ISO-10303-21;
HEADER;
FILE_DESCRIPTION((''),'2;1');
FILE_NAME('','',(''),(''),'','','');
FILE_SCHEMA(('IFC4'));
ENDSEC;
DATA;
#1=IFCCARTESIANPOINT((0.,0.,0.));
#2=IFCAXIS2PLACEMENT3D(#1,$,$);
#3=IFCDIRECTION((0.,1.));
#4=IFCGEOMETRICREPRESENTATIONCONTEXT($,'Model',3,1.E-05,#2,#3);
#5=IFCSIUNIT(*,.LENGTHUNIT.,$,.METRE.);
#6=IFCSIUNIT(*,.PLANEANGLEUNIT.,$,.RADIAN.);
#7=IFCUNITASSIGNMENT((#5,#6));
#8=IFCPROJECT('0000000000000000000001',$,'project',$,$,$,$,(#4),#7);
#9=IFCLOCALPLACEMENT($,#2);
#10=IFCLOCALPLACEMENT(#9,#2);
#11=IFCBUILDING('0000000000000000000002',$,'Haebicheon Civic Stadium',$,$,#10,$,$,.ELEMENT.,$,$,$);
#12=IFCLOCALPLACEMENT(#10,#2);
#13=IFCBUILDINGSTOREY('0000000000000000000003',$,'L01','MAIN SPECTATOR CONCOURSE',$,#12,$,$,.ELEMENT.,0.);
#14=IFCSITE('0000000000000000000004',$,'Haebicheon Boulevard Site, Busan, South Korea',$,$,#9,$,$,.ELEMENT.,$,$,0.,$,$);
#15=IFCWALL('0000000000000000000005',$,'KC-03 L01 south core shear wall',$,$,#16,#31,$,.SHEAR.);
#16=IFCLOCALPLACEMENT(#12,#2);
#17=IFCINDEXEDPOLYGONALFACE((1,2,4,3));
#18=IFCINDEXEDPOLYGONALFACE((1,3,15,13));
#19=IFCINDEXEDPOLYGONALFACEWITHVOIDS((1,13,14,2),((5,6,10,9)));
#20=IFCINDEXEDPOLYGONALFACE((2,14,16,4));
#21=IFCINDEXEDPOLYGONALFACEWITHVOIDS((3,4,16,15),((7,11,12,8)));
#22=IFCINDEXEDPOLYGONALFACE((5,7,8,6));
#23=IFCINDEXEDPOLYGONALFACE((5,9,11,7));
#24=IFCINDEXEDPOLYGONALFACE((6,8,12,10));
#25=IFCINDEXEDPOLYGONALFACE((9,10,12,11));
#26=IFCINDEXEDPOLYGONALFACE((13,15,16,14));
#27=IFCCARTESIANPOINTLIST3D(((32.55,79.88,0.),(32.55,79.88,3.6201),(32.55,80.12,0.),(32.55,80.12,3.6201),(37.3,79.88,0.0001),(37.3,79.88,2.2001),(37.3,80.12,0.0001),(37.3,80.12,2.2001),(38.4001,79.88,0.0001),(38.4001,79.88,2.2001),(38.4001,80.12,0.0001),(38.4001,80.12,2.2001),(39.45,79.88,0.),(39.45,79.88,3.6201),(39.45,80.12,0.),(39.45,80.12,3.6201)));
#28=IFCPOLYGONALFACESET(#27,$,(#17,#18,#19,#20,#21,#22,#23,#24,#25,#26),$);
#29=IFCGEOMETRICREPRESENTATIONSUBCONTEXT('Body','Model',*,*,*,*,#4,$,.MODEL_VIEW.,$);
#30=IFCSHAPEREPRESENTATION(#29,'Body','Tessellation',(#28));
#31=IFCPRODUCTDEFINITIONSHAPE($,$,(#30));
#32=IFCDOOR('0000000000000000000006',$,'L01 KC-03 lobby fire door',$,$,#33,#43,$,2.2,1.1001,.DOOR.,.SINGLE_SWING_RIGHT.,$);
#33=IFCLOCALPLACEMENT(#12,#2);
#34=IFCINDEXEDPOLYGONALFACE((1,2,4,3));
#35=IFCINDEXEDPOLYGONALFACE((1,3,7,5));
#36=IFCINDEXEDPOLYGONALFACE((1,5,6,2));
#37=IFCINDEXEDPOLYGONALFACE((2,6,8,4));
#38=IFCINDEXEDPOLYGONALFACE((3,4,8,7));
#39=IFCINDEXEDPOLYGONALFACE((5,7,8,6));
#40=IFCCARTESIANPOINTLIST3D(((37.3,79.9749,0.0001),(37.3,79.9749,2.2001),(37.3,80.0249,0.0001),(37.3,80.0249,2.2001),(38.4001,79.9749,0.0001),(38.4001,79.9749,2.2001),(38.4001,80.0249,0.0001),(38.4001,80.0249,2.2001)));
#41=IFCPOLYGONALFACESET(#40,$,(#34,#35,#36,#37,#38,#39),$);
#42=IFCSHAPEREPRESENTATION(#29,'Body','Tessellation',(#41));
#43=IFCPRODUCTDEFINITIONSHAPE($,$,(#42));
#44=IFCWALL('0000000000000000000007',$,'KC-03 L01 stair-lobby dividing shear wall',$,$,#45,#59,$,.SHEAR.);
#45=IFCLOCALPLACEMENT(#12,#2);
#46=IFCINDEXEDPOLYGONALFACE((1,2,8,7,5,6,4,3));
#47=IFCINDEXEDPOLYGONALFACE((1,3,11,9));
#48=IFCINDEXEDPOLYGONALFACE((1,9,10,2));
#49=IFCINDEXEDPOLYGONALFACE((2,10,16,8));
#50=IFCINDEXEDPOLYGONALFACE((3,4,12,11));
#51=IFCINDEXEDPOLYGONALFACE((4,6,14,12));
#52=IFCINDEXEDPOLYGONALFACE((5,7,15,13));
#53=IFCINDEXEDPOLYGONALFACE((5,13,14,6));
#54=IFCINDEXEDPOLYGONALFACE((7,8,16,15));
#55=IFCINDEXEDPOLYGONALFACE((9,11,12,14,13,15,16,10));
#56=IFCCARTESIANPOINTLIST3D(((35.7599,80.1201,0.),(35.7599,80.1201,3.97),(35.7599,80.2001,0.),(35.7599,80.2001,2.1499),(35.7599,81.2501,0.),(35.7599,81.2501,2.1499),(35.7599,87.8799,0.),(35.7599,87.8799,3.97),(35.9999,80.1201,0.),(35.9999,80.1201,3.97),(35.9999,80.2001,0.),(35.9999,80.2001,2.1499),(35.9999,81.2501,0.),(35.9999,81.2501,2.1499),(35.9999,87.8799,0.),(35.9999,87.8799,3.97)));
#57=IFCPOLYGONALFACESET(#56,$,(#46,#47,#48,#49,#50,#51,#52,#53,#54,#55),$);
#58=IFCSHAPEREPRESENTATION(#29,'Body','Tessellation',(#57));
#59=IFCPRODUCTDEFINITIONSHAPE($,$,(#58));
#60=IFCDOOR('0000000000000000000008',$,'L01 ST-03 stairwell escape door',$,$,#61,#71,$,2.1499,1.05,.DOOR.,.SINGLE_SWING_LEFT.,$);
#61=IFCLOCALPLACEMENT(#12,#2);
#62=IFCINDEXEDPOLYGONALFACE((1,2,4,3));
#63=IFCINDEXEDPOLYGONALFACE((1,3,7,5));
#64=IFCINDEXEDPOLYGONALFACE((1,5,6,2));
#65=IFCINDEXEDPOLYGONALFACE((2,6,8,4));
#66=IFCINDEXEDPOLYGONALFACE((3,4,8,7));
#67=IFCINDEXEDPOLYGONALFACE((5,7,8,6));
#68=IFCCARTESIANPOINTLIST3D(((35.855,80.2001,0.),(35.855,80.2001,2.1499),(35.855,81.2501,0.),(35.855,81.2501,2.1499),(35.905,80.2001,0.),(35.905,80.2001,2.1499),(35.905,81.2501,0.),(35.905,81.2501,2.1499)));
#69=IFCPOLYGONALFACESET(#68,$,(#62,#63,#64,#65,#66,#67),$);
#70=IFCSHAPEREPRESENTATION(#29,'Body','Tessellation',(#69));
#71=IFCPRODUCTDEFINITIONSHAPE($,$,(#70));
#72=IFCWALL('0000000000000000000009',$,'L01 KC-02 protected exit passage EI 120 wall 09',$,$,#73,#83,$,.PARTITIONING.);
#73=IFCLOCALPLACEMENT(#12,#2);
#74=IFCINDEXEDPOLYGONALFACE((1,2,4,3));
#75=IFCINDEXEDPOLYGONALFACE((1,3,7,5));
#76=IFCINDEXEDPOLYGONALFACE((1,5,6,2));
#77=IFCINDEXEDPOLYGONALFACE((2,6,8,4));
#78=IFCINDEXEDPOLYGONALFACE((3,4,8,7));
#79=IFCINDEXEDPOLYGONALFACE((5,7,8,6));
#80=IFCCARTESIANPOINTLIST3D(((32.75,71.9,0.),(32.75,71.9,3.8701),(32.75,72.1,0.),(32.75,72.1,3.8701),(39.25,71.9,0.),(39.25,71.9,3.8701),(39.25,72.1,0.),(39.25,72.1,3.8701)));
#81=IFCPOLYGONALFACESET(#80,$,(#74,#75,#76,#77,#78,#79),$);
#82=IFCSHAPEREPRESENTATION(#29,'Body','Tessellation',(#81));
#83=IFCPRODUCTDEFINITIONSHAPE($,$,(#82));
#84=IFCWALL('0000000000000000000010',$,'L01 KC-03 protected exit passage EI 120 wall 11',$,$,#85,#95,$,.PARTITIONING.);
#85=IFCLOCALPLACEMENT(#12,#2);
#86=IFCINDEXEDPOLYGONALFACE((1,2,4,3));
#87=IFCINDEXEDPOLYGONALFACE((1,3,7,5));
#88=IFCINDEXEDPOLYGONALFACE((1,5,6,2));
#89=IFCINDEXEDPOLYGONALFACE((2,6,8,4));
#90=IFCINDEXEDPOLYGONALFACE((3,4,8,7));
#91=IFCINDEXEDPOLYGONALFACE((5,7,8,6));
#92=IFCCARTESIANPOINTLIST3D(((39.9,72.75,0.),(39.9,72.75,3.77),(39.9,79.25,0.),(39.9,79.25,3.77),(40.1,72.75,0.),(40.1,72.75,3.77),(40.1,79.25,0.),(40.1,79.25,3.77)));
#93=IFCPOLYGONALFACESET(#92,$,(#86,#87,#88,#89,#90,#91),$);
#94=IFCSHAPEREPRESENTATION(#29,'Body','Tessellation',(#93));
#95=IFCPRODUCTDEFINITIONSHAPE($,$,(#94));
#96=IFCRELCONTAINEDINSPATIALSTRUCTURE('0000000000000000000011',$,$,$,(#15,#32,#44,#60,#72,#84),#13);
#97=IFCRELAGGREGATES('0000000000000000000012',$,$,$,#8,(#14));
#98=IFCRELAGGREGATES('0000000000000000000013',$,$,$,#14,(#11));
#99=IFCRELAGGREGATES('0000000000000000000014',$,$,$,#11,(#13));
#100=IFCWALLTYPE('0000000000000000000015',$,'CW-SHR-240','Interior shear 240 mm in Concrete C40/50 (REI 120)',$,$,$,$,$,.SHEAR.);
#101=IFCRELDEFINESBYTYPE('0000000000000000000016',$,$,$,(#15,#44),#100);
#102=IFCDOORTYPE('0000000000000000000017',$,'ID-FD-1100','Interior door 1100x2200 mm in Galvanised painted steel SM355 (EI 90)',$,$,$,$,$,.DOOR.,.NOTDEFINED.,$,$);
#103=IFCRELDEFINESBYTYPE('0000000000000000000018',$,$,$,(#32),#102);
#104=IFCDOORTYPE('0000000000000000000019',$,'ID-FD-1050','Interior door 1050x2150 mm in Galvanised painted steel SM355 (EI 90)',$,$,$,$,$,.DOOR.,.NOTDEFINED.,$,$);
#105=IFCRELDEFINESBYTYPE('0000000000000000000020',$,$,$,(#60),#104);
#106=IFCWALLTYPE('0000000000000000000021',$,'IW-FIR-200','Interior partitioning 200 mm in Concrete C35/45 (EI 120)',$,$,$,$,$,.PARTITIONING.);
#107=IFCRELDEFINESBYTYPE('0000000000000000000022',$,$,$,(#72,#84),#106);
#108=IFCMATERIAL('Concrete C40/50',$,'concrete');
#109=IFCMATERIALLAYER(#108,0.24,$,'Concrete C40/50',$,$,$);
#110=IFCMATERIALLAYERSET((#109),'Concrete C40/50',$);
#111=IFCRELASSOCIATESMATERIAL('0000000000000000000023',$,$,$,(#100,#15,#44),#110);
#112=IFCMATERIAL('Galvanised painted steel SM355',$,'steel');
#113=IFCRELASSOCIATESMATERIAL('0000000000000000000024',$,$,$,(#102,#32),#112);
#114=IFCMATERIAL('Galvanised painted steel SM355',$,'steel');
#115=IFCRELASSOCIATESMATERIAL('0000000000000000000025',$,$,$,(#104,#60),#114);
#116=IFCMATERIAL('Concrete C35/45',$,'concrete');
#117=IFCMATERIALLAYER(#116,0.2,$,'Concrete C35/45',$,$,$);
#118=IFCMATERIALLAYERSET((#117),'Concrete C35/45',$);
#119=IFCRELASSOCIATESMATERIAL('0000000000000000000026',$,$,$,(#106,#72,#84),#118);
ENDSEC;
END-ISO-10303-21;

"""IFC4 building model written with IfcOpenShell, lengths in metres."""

from ifc_helpers import new_model, si_unit, direction, frame, frame_2d, origin, place, context, subcontext, project, spatial, rectangle, extrude, material, layer, layer_set, type_object, element, fill, save


model = new_model("IFC4")

# Units and contexts
model_context = context("Model", 3, precision=1e-05, world=origin(), true_north=direction((0.0, 1.0)))
body_context = subcontext(model_context, "Body", "Model", "MODEL_VIEW")
ifc_project = project(units=[si_unit("LENGTHUNIT", "METRE"), si_unit("PLANEANGLEUNIT", "RADIAN")], contexts=[model_context])

# Site, building, storey
site_placement = place(None, origin())
site = spatial("IfcSite", under=ifc_project, at=site_placement, Name="Haebicheon Boulevard Site, Busan, South Korea", CompositionType="ELEMENT", RefElevation=0.0)
building_placement = place(site_placement, origin())
building = spatial("IfcBuilding", under=site, at=building_placement, Name="Haebicheon Civic Stadium", CompositionType="ELEMENT")
storey_placement = place(building_placement, origin())
storey = spatial("IfcBuildingStorey", under=building, at=storey_placement, Name="L01", Description="MAIN SPECTATOR CONCOURSE", CompositionType="ELEMENT", Elevation=0.0)

# Walls, openings, doors
ifc_material_1 = material(Name="Concrete C40/50", Category="concrete")
ifc_layer_1 = layer(ifc_material_1, 0.24, Name="Concrete C40/50")
ifc_layer_set_1 = layer_set([ifc_layer_1], Name="Concrete C40/50")
wall_type_1 = type_object("IfcWallType", Name="CW-SHR-240", Description="Interior shear 240 mm in Concrete C40/50 (REI 120)", PredefinedType="SHEAR", material=ifc_layer_set_1)
wall_1_placement = place(storey_placement, frame((32.55, 80.0, 0.0), z_axis=(0.0, 0.0, 1.0), x_axis=(1.0, 0.0, 0.0)))
wall_1 = element("IfcWall", 1, at=wall_1_placement, inside=storey, type_object=wall_type_1, material=ifc_layer_set_1, Name="KC-03 L01 south core shear wall", PredefinedType="SHEAR", context=body_context, shape_type="SweptSolid", body=[
    extrude(rectangle(XDim=6.8999, YDim=0.24, at=frame_2d((3.45, 0.0))), origin(), (0.0, 0.0, 1.0), 3.6201),
])
opening_1_placement = place(wall_1_placement, frame((4.75, 0.0, 0.0)))
opening_1 = element("IfcOpeningElement", 2, at=opening_1_placement, cuts=wall_1, PredefinedType="OPENING", context=body_context, shape_type="SweptSolid", body=[
    extrude(rectangle(XDim=1.1001, YDim=2.2, at=frame_2d((0.55, 1.1001))), frame((0.0, 0.1299, 0.0), z_axis=(0.0, -1.0, 0.0), x_axis=(1.0, 0.0, 0.0)), (0.0, 0.0, 1.0), 0.26),
])
ifc_material_2 = material(Name="Galvanised painted steel SM355", Category="steel")
door_type_1 = type_object("IfcDoorType", Name="ID-FD-1100", Description="Interior door 1100x2200 mm in Galvanised painted steel SM355 (EI 90)", OperationType="NOTDEFINED", PredefinedType="DOOR", material=ifc_material_2)
door_1_placement = place(opening_1_placement, origin())
door_1 = element("IfcDoor", 3, at=door_1_placement, inside=storey, type_object=door_type_1, material=ifc_material_2, Name="L01 KC-03 lobby fire door", OperationType="SINGLE_SWING_RIGHT", OverallHeight=2.2, OverallWidth=1.1001, PredefinedType="DOOR", context=body_context, shape_type="SweptSolid", body=[
    extrude(rectangle(XDim=1.1001, YDim=2.2, at=frame_2d((0.55, 1.1001))), frame((0.0, 0.0249, 0.0), z_axis=(0.0, -1.0, 0.0), x_axis=(1.0, 0.0, 0.0)), (0.0, 0.0, 1.0), 0.05),
])
fill(opening_1, door_1)
wall_2_placement = place(storey_placement, frame((35.8799, 80.1201, 0.0), z_axis=(0.0, 0.0, 1.0), x_axis=(0.0, 1.0, 0.0)))
wall_2 = element("IfcWall", 4, at=wall_2_placement, inside=storey, type_object=wall_type_1, material=ifc_layer_set_1, Name="KC-03 L01 stair-lobby dividing shear wall", PredefinedType="SHEAR", context=body_context, shape_type="SweptSolid", body=[
    extrude(rectangle(XDim=7.7598, YDim=0.24, at=frame_2d((3.8799, 0.0))), origin(), (0.0, 0.0, 1.0), 3.97),
])
opening_2_placement = place(wall_2_placement, frame((0.0801, 0.0, 0.0)))
opening_2 = element("IfcOpeningElement", 5, at=opening_2_placement, cuts=wall_2, PredefinedType="OPENING", context=body_context, shape_type="SweptSolid", body=[
    extrude(rectangle(XDim=1.05, YDim=2.1499, at=frame_2d((0.5249, 1.075))), frame((0.0, 0.1299, 0.0), z_axis=(0.0, -1.0, 0.0), x_axis=(1.0, 0.0, 0.0)), (0.0, 0.0, 1.0), 0.26),
])
ifc_material_3 = material(Name="Galvanised painted steel SM355", Category="steel")
door_type_2 = type_object("IfcDoorType", Name="ID-FD-1050", Description="Interior door 1050x2150 mm in Galvanised painted steel SM355 (EI 90)", OperationType="NOTDEFINED", PredefinedType="DOOR", material=ifc_material_3)
door_2_placement = place(opening_2_placement, origin())
door_2 = element("IfcDoor", 6, at=door_2_placement, inside=storey, type_object=door_type_2, material=ifc_material_3, Name="L01 ST-03 stairwell escape door", OperationType="SINGLE_SWING_LEFT", OverallHeight=2.1499, OverallWidth=1.05, PredefinedType="DOOR", context=body_context, shape_type="SweptSolid", body=[
    extrude(rectangle(XDim=1.05, YDim=2.1499, at=frame_2d((0.5249, 1.075))), frame((0.0, 0.0249, 0.0), z_axis=(0.0, -1.0, 0.0), x_axis=(1.0, 0.0, 0.0)), (0.0, 0.0, 1.0), 0.05),
])
fill(opening_2, door_2)

# Walls
ifc_material_4 = material(Name="Concrete C35/45", Category="concrete")
ifc_layer_2 = layer(ifc_material_4, 0.2, Name="Concrete C35/45")
ifc_layer_set_2 = layer_set([ifc_layer_2], Name="Concrete C35/45")
wall_type_2 = type_object("IfcWallType", Name="IW-FIR-200", Description="Interior partitioning 200 mm in Concrete C35/45 (EI 120)", PredefinedType="PARTITIONING", material=ifc_layer_set_2)
wall_3_placement = place(storey_placement, frame((32.75, 72.0, 0.0), z_axis=(0.0, 0.0, 1.0), x_axis=(1.0, 0.0, 0.0)))
element("IfcWall", 7, at=wall_3_placement, inside=storey, type_object=wall_type_2, material=ifc_layer_set_2, Name="L01 KC-02 protected exit passage EI 120 wall 09", PredefinedType="PARTITIONING", context=body_context, shape_type="SweptSolid", body=[
    extrude(rectangle(XDim=6.5, YDim=0.2, at=frame_2d((3.25, 0.0))), origin(), (0.0, 0.0, 1.0), 3.8701),
])
wall_4_placement = place(storey_placement, frame((40.0, 72.75, 0.0), z_axis=(0.0, 0.0, 1.0), x_axis=(0.0, 1.0, 0.0)))
element("IfcWall", 8, at=wall_4_placement, inside=storey, type_object=wall_type_2, material=ifc_layer_set_2, Name="L01 KC-03 protected exit passage EI 120 wall 11", PredefinedType="PARTITIONING", context=body_context, shape_type="SweptSolid", body=[
    extrude(rectangle(XDim=6.5, YDim=0.2, at=frame_2d((3.25, 0.0))), origin(), (0.0, 0.0, 1.0), 3.77),
])

save(model, "model.ifc")
